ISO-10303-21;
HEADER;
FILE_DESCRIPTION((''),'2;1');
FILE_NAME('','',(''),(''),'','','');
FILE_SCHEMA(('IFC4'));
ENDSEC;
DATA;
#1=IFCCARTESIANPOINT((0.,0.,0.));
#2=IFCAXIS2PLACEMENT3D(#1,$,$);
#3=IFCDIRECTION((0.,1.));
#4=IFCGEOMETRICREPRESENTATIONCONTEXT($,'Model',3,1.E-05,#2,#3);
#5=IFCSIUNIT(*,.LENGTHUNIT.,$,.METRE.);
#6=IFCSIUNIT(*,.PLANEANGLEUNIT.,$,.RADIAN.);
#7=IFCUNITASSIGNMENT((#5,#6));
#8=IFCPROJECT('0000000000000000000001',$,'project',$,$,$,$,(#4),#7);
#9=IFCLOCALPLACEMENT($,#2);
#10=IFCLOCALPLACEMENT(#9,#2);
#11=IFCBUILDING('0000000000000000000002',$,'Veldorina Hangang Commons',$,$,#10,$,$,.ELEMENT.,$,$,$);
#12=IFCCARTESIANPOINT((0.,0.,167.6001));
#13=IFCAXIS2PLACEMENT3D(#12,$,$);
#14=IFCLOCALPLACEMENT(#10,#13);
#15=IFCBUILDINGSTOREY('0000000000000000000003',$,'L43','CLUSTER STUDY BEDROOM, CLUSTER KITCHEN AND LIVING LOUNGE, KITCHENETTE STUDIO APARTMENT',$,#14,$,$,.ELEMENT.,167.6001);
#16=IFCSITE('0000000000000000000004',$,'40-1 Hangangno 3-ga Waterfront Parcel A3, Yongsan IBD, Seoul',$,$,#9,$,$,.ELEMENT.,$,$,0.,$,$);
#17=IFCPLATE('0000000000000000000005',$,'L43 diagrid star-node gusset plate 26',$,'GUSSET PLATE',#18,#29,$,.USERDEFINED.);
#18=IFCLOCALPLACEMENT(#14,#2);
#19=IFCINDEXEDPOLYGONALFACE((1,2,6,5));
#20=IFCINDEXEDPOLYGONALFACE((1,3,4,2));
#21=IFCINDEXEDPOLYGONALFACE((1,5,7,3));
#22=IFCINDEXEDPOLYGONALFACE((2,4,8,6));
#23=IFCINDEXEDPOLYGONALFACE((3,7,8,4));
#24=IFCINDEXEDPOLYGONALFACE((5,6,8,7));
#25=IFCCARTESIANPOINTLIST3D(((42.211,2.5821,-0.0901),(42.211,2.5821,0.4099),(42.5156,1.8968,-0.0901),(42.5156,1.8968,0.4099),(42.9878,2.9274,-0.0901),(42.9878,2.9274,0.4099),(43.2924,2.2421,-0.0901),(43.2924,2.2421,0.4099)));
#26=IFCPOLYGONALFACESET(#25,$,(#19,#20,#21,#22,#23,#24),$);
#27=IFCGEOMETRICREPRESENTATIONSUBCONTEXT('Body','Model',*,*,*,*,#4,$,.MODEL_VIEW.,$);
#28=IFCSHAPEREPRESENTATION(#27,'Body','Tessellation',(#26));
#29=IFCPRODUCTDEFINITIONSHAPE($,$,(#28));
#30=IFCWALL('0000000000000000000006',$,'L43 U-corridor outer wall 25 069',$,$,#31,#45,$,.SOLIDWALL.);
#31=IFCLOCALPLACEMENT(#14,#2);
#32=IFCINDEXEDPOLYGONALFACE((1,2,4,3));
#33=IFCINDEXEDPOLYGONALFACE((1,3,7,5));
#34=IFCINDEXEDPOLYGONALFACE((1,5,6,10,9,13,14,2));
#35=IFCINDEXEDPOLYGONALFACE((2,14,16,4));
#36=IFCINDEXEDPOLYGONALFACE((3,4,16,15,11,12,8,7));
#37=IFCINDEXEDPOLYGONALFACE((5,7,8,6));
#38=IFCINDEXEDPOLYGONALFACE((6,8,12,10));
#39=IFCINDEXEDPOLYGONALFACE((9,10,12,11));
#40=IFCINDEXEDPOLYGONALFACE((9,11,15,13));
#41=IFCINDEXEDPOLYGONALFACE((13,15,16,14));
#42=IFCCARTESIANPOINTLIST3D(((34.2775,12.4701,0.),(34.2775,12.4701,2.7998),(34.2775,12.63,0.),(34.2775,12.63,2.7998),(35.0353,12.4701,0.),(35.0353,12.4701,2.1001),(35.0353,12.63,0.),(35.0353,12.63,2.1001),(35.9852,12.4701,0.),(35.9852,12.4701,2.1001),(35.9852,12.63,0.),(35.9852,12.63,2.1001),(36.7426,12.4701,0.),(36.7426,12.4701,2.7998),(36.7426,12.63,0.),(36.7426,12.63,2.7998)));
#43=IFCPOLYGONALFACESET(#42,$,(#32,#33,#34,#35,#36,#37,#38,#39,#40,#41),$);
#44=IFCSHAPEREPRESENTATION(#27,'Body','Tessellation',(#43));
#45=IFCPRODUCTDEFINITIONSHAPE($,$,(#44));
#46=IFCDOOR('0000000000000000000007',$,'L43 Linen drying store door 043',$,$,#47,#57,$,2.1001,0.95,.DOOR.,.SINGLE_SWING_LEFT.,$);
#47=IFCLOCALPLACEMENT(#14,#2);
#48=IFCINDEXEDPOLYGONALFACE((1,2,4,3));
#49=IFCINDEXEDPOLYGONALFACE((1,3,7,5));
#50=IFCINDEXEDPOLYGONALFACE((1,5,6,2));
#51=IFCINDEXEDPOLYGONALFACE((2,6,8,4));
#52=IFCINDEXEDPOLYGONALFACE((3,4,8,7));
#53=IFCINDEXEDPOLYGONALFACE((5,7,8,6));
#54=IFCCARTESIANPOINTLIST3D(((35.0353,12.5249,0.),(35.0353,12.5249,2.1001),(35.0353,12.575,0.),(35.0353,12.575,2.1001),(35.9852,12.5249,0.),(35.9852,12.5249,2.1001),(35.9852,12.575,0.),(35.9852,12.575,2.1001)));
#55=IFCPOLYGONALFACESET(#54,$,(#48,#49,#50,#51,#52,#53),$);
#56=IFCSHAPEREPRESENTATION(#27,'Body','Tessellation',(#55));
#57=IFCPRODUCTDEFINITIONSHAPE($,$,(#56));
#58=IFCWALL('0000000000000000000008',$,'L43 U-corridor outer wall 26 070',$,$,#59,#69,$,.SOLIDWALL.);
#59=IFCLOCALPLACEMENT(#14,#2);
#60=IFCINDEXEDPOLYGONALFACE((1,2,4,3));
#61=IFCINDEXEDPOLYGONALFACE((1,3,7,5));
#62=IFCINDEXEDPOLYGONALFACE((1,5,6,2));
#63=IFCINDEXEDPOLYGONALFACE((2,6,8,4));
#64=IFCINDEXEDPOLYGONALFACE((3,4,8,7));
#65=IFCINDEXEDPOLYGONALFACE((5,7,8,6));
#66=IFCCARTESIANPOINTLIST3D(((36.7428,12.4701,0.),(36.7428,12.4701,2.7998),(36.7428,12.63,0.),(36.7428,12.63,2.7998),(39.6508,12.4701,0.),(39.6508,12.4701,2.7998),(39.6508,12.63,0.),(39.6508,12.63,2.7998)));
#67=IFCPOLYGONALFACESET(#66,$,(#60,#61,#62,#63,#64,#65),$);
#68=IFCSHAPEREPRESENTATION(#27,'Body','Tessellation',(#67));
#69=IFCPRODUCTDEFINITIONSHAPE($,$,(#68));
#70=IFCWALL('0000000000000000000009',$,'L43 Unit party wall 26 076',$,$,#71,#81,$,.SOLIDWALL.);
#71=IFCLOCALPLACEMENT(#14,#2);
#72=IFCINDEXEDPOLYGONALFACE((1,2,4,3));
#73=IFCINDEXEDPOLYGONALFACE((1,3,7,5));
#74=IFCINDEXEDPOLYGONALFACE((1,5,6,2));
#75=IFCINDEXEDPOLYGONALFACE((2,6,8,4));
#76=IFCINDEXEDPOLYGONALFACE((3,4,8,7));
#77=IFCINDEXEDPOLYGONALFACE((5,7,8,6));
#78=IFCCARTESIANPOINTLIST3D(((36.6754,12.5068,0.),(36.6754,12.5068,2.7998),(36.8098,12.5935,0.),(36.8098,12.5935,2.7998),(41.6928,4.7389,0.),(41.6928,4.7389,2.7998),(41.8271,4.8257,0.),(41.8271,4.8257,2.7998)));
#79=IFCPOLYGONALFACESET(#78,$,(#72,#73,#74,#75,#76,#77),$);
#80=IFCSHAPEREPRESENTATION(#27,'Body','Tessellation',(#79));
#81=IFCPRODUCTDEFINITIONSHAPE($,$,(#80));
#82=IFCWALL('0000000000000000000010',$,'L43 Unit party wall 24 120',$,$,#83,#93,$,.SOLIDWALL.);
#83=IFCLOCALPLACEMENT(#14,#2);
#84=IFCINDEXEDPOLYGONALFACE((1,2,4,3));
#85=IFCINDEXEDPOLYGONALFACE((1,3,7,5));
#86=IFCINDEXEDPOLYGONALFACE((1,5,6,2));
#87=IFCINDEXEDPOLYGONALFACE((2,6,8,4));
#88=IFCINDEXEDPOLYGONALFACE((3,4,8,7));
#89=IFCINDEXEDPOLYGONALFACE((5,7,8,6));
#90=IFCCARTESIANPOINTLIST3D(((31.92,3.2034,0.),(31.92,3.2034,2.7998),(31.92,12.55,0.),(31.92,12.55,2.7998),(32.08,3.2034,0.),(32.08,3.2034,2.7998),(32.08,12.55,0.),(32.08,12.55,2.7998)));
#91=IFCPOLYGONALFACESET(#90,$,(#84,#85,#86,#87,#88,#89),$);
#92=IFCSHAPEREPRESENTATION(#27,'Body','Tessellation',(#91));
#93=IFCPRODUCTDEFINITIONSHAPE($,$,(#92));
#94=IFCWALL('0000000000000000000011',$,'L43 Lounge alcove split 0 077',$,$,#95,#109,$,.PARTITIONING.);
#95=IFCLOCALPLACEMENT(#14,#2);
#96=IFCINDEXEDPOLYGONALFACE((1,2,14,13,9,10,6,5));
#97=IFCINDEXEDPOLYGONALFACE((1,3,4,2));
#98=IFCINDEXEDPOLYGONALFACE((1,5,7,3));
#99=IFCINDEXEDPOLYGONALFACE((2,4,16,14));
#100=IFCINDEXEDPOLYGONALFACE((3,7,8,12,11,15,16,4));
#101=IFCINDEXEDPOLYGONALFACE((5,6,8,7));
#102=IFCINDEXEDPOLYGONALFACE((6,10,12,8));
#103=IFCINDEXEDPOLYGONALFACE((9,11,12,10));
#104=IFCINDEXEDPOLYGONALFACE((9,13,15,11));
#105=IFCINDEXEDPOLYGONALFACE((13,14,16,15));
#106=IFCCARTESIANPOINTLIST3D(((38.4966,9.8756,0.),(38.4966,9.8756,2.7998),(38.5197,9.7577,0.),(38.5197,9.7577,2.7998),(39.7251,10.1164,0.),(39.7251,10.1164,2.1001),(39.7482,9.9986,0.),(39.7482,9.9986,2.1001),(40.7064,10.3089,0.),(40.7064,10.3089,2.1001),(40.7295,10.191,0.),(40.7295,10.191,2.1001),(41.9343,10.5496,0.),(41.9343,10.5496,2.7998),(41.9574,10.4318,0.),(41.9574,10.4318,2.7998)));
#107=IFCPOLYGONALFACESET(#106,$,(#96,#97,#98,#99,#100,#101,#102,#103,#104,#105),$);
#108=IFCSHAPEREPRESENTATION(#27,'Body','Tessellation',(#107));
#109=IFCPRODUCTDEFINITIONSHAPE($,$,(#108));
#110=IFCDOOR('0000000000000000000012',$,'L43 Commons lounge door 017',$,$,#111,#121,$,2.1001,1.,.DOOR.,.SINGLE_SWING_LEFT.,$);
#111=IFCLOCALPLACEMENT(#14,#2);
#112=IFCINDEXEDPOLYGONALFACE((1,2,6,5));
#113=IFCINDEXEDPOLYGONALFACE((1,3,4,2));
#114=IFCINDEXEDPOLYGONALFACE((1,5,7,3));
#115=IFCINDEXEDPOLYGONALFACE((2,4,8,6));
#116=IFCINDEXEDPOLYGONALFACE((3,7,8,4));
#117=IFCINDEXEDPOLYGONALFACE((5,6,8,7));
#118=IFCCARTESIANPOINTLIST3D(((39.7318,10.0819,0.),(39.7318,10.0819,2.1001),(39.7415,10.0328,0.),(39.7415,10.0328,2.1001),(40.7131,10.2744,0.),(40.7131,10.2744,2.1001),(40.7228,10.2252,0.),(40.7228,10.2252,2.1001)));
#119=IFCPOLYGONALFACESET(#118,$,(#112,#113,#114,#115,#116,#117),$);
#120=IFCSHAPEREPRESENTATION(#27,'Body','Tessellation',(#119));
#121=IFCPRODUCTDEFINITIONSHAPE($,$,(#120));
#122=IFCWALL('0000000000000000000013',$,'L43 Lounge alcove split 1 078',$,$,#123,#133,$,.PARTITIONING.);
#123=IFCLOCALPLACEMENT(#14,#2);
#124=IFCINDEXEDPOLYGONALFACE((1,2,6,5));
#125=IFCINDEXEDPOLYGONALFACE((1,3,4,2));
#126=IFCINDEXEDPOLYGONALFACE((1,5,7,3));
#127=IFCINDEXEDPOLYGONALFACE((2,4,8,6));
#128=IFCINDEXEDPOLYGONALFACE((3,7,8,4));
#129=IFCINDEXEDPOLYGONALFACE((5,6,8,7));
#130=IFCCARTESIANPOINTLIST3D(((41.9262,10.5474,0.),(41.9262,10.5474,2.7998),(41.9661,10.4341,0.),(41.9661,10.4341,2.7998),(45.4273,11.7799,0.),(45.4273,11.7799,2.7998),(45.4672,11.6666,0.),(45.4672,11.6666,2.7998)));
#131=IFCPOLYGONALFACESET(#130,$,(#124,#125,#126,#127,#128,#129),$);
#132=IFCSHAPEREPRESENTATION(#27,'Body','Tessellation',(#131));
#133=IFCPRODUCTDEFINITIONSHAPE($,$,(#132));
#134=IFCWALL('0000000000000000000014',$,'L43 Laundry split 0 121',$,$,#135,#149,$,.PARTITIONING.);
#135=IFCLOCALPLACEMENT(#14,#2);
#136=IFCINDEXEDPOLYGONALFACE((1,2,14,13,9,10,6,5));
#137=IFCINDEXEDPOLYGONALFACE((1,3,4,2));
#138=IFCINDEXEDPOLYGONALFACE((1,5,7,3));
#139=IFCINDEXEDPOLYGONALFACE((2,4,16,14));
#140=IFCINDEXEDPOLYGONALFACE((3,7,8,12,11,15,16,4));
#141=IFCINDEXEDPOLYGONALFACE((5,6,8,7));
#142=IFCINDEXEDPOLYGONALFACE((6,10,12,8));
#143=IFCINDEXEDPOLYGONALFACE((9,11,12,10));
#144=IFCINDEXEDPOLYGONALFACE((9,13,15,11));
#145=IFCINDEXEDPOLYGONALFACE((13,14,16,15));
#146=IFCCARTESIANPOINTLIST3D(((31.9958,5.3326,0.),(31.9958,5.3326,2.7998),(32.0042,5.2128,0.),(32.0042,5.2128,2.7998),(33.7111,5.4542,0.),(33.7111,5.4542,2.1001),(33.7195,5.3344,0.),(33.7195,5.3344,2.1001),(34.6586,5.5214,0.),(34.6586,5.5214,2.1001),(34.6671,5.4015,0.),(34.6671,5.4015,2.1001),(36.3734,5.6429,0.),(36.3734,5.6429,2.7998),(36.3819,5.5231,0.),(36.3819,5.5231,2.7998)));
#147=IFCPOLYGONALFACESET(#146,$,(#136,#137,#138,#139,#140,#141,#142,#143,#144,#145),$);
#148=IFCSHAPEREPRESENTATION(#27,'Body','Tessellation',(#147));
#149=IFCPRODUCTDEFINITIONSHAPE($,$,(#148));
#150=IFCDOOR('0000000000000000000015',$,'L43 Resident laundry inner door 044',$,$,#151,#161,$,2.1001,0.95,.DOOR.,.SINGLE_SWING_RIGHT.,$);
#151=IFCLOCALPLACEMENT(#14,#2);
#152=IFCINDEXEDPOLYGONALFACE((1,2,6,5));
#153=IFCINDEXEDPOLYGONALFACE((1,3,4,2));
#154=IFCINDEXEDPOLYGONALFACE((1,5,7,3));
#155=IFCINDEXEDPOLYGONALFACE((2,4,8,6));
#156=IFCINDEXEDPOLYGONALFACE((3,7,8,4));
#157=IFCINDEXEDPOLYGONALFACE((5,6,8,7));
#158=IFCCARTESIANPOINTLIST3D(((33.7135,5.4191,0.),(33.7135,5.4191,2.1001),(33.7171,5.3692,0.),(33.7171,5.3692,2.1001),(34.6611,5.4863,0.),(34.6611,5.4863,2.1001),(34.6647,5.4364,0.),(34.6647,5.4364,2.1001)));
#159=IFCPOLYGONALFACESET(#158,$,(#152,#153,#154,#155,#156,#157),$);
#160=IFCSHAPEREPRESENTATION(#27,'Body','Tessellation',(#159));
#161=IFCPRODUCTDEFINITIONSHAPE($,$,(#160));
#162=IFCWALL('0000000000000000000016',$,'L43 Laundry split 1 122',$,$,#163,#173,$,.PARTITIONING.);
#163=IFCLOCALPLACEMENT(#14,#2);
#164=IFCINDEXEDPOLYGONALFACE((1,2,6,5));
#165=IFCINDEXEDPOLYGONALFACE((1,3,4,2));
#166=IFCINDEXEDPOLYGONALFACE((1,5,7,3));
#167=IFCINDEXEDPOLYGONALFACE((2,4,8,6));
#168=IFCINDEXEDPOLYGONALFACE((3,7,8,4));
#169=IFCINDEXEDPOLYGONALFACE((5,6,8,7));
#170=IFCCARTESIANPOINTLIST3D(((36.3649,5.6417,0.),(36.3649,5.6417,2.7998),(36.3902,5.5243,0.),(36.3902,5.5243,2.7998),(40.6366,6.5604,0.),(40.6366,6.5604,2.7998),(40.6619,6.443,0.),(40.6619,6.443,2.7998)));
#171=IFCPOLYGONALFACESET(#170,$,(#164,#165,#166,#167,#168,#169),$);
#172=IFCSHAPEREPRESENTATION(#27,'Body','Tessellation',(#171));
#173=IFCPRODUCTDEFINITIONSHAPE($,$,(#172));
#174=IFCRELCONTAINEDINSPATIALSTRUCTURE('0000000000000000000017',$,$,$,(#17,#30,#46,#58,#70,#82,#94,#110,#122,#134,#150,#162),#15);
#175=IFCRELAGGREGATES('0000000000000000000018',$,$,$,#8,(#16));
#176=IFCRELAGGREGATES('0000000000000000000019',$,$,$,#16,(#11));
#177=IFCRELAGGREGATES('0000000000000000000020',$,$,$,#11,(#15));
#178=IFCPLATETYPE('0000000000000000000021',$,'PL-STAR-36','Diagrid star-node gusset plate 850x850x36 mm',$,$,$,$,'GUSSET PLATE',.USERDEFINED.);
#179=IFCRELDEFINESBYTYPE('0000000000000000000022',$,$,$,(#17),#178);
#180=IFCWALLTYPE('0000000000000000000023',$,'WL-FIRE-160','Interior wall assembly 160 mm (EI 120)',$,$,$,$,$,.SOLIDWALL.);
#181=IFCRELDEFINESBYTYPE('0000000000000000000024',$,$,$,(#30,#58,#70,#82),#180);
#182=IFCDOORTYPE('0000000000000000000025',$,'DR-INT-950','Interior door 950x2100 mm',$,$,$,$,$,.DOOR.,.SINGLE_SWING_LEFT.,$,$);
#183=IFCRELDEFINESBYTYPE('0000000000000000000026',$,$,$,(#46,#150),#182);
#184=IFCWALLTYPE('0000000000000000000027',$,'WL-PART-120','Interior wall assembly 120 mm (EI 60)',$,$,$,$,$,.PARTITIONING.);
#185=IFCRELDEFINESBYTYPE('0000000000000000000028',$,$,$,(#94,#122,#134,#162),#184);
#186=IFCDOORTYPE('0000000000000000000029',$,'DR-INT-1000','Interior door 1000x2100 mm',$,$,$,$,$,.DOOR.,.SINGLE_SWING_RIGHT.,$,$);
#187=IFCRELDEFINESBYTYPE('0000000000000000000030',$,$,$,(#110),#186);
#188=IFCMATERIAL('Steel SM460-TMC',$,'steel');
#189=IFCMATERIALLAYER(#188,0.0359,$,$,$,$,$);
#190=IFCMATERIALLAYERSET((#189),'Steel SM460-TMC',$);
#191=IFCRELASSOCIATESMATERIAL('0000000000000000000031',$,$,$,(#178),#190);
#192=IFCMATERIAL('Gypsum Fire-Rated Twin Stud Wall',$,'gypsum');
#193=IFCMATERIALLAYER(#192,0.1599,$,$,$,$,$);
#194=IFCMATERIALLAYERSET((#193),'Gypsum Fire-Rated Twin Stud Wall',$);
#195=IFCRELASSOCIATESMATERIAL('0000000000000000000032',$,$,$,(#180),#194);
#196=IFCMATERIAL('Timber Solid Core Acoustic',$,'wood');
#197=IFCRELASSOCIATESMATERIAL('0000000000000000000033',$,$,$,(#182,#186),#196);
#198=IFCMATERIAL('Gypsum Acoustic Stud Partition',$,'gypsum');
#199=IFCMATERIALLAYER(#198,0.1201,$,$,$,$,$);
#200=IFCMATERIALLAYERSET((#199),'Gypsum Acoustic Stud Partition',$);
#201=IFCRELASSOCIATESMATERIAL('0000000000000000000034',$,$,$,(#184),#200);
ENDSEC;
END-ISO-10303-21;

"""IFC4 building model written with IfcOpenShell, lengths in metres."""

from ifc_helpers import new_model, si_unit, direction, frame, frame_2d, origin, origin_2d, place, context, subcontext, project, spatial, rectangle, extrude, material, layer, layer_set, type_object, element, fill, save


model = new_model("IFC4")

# Units and contexts
model_context = context("Model", 3, precision=1e-05, world=origin(), true_north=direction((0.0, 1.0)))
body_context = subcontext(model_context, "Body", "Model", "MODEL_VIEW")
ifc_project = project(units=[si_unit("LENGTHUNIT", "METRE"), si_unit("PLANEANGLEUNIT", "RADIAN")], contexts=[model_context])

# Site, building, storey
site_placement = place(None, origin())
site = spatial("IfcSite", under=ifc_project, at=site_placement, Name="40-1 Hangangno 3-ga Waterfront Parcel A3, Yongsan IBD, Seoul", CompositionType="ELEMENT", RefElevation=0.0)
building_placement = place(site_placement, origin())
building = spatial("IfcBuilding", under=site, at=building_placement, Name="Veldorina Hangang Commons", CompositionType="ELEMENT")
storey_placement = place(building_placement, frame((0.0, 0.0, 167.6001)))
storey = spatial("IfcBuildingStorey", under=building, at=storey_placement, Name="L43", Description="CLUSTER STUDY BEDROOM, CLUSTER KITCHEN AND LIVING LOUNGE, KITCHENETTE STUDIO APARTMENT", CompositionType="ELEMENT", Elevation=167.6001)

# Plate
ifc_material_1 = material(Name="Steel SM460-TMC", Category="steel")
ifc_layer_1 = layer(ifc_material_1, 0.0359)
ifc_layer_set_1 = layer_set([ifc_layer_1], Name="Steel SM460-TMC")
plate_type_1 = type_object("IfcPlateType", Name="PL-STAR-36", Description="Diagrid star-node gusset plate 850x850x36 mm", ElementType="GUSSET PLATE", PredefinedType="USERDEFINED", material=ifc_layer_set_1)
plate_1_placement = place(storey_placement, frame((42.7517, 2.4121, -0.0901), z_axis=(0.0, 0.0, 1.0), x_axis=(0.91378, 0.40621, 0.0)))
element("IfcPlate", 1, at=plate_1_placement, inside=storey, type_object=plate_type_1, Name="L43 diagrid star-node gusset plate 26", ObjectType="GUSSET PLATE", PredefinedType="USERDEFINED", context=body_context, shape_type="SweptSolid", body=[
    extrude(rectangle(XDim=0.8501, YDim=0.75, at=origin_2d()), origin(), (0.0, 0.0, 1.0), 0.5),
])

# Wall, opening, door
ifc_material_2 = material(Name="Gypsum Fire-Rated Twin Stud Wall", Category="gypsum")
ifc_layer_2 = layer(ifc_material_2, 0.1599)
ifc_layer_set_2 = layer_set([ifc_layer_2], Name="Gypsum Fire-Rated Twin Stud Wall")
wall_type_1 = type_object("IfcWallType", Name="WL-FIRE-160", Description="Interior wall assembly 160 mm (EI 120)", PredefinedType="SOLIDWALL", material=ifc_layer_set_2)
wall_1_placement = place(storey_placement, frame((34.2776, 12.55, 0.0), z_axis=(0.0, 0.0, 1.0), x_axis=(1.0, 0.0, 0.0)))
wall_1 = element("IfcWall", 2, at=wall_1_placement, inside=storey, type_object=wall_type_1, Name="L43 U-corridor outer wall 25 069", PredefinedType="SOLIDWALL", context=body_context, shape_type="SweptSolid", body=[
    extrude(rectangle(XDim=2.4651, YDim=0.1599, at=frame_2d((1.2324, 0.0))), origin(), (0.0, 0.0, 1.0), 2.7998),
])
opening_1_placement = place(wall_1_placement, frame((0.7576, 0.0, 0.0)))
opening_1 = element("IfcOpeningElement", 3, at=opening_1_placement, cuts=wall_1, PredefinedType="OPENING", context=body_context, shape_type="SweptSolid", body=[
    extrude(rectangle(XDim=0.95, YDim=2.1001, at=frame_2d((0.4751, 1.05))), frame((0.0, 0.0898, 0.0), z_axis=(0.0, -1.0, 0.0), x_axis=(1.0, 0.0, 0.0)), (0.0, 0.0, 1.0), 0.1799),
])
ifc_material_3 = material(Name="Timber Solid Core Acoustic", Category="wood")
door_type_1 = type_object("IfcDoorType", Name="DR-INT-950", Description="Interior door 950x2100 mm", OperationType="SINGLE_SWING_LEFT", PredefinedType="DOOR", material=ifc_material_3)
door_1_placement = place(opening_1_placement, origin())
door_1 = element("IfcDoor", 4, at=door_1_placement, inside=storey, type_object=door_type_1, Name="L43 Linen drying store door 043", OperationType="SINGLE_SWING_LEFT", OverallHeight=2.1001, OverallWidth=0.95, PredefinedType="DOOR", context=body_context, shape_type="SweptSolid", body=[
    extrude(rectangle(XDim=0.95, YDim=2.1001, at=frame_2d((0.4751, 1.05))), frame((0.0, 0.0249, 0.0), z_axis=(0.0, -1.0, 0.0), x_axis=(1.0, 0.0, 0.0)), (0.0, 0.0, 1.0), 0.05),
])
fill(opening_1, door_1)

# Walls
wall_2_placement = place(storey_placement, frame((36.7427, 12.55, 0.0), z_axis=(0.0, 0.0, 1.0), x_axis=(1.0, 0.0, 0.0)))
element("IfcWall", 5, at=wall_2_placement, inside=storey, type_object=wall_type_1, Name="L43 U-corridor outer wall 26 070", PredefinedType="SOLIDWALL", context=body_context, shape_type="SweptSolid", body=[
    extrude(rectangle(XDim=2.908, YDim=0.1599, at=frame_2d((1.4541, 0.0))), origin(), (0.0, 0.0, 1.0), 2.7998),
])
wall_3_placement = place(storey_placement, frame((36.7427, 12.55, 0.0), z_axis=(0.0, 0.0, 1.0), x_axis=(0.542572, -0.840009, 0.0)))
element("IfcWall", 6, at=wall_3_placement, inside=storey, type_object=wall_type_1, Name="L43 Unit party wall 26 076", PredefinedType="SOLIDWALL", context=body_context, shape_type="SweptSolid", body=[
    extrude(rectangle(XDim=9.2473, YDim=0.1599, at=frame_2d((4.6235, 0.0))), origin(), (0.0, 0.0, 1.0), 2.7998),
])
wall_4_placement = place(storey_placement, frame((32.0, 12.55, 0.0), z_axis=(0.0, 0.0, 1.0), x_axis=(0.0, -1.0, 0.0)))
element("IfcWall", 7, at=wall_4_placement, inside=storey, type_object=wall_type_1, Name="L43 Unit party wall 24 120", PredefinedType="SOLIDWALL", context=body_context, shape_type="SweptSolid", body=[
    extrude(rectangle(XDim=9.3467, YDim=0.1599, at=frame_2d((4.6733, 0.0))), origin(), (0.0, 0.0, 1.0), 2.7998),
])

# Wall, opening, door
ifc_material_4 = material(Name="Gypsum Acoustic Stud Partition", Category="gypsum")
ifc_layer_3 = layer(ifc_material_4, 0.1201)
ifc_layer_set_3 = layer_set([ifc_layer_3], Name="Gypsum Acoustic Stud Partition")
wall_type_2 = type_object("IfcWallType", Name="WL-PART-120", Description="Interior wall assembly 120 mm (EI 60)", PredefinedType="PARTITIONING", material=ifc_layer_set_3)
wall_5_placement = place(storey_placement, frame((38.5083, 9.8167, 0.0), z_axis=(0.0, 0.0, 1.0), x_axis=(0.981313, 0.192416, 0.0)))
wall_5 = element("IfcWall", 8, at=wall_5_placement, inside=storey, type_object=wall_type_2, Name="L43 Lounge alcove split 0 077", PredefinedType="PARTITIONING", context=body_context, shape_type="SweptSolid", body=[
    extrude(rectangle(XDim=3.5032, YDim=0.1201, at=frame_2d((1.7515, 0.0))), origin(), (0.0, 0.0, 1.0), 2.7998),
])
opening_2_placement = place(wall_5_placement, frame((1.2517, 0.0, 0.0)))
opening_2 = element("IfcOpeningElement", 9, at=opening_2_placement, cuts=wall_5, PredefinedType="OPENING", context=body_context, shape_type="SweptSolid", body=[
    extrude(rectangle(XDim=1.0, YDim=2.1001, at=frame_2d((0.5, 1.05))), frame((0.0, 0.0701, 0.0), z_axis=(0.0, -1.0, 0.0), x_axis=(1.0, 0.0, 0.0)), (0.0, 0.0, 1.0), 0.1401),
])
door_type_2 = type_object("IfcDoorType", Name="DR-INT-1000", Description="Interior door 1000x2100 mm", OperationType="SINGLE_SWING_RIGHT", PredefinedType="DOOR", material=ifc_material_3)
door_2_placement = place(opening_2_placement, origin())
door_2 = element("IfcDoor", 10, at=door_2_placement, inside=storey, type_object=door_type_2, Name="L43 Commons lounge door 017", OperationType="SINGLE_SWING_LEFT", OverallHeight=2.1001, OverallWidth=1.0, PredefinedType="DOOR", context=body_context, shape_type="SweptSolid", body=[
    extrude(rectangle(XDim=1.0, YDim=2.1001, at=frame_2d((0.5, 1.05))), frame((0.0, 0.0249, 0.0), z_axis=(0.0, -1.0, 0.0), x_axis=(1.0, 0.0, 0.0)), (0.0, 0.0, 1.0), 0.05),
])
fill(opening_2, door_2)

# Wall
wall_6_placement = place(storey_placement, frame((41.946, 10.4907, 0.0), z_axis=(0.0, 0.0, 1.0), x_axis=(0.943262, 0.332049, 0.0)))
element("IfcWall", 11, at=wall_6_placement, inside=storey, type_object=wall_type_2, Name="L43 Lounge alcove split 1 078", PredefinedType="PARTITIONING", context=body_context, shape_type="SweptSolid", body=[
    extrude(rectangle(XDim=3.7117, YDim=0.1201, at=frame_2d((1.856, 0.0))), origin(), (0.0, 0.0, 1.0), 2.7998),
])

# Wall, opening, door
wall_7_placement = place(storey_placement, frame((32.0, 5.2727, 0.0), z_axis=(0.0, 0.0, 1.0), x_axis=(0.997497, 0.070705, 0.0)))
wall_7 = element("IfcWall", 12, at=wall_7_placement, inside=storey, type_object=wall_type_2, Name="L43 Laundry split 0 121", PredefinedType="PARTITIONING", context=body_context, shape_type="SweptSolid", body=[
    extrude(rectangle(XDim=4.3887, YDim=0.1201, at=frame_2d((2.1943, 0.0))), origin(), (0.0, 0.0, 1.0), 2.7998),
])
opening_3_placement = place(wall_7_placement, frame((1.7195, 0.0, 0.0)))
opening_3 = element("IfcOpeningElement", 13, at=opening_3_placement, cuts=wall_7, PredefinedType="OPENING", context=body_context, shape_type="SweptSolid", body=[
    extrude(rectangle(XDim=0.95, YDim=2.1001, at=frame_2d((0.4751, 1.05))), frame((0.0, 0.0701, 0.0), z_axis=(0.0, -1.0, 0.0), x_axis=(1.0, 0.0, 0.0)), (0.0, 0.0, 1.0), 0.1401),
])
door_3_placement = place(opening_3_placement, origin())
door_3 = element("IfcDoor", 14, at=door_3_placement, inside=storey, type_object=door_type_1, Name="L43 Resident laundry inner door 044", OperationType="SINGLE_SWING_RIGHT", OverallHeight=2.1001, OverallWidth=0.95, PredefinedType="DOOR", context=body_context, shape_type="SweptSolid", body=[
    extrude(rectangle(XDim=0.95, YDim=2.1001, at=frame_2d((0.4751, 1.05))), frame((0.0, 0.0249, 0.0), z_axis=(0.0, -1.0, 0.0), x_axis=(1.0, 0.0, 0.0)), (0.0, 0.0, 1.0), 0.05),
])
fill(opening_3, door_3)

# Wall
wall_8_placement = place(storey_placement, frame((36.3777, 5.583, 0.0), z_axis=(0.0, 0.0, 1.0), x_axis=(0.977646, 0.210258, 0.0)))
element("IfcWall", 15, at=wall_8_placement, inside=storey, type_object=wall_type_2, Name="L43 Laundry split 1 122", PredefinedType="PARTITIONING", context=body_context, shape_type="SweptSolid", body=[
    extrude(rectangle(XDim=4.3694, YDim=0.1201, at=frame_2d((2.1846, 0.0))), origin(), (0.0, 0.0, 1.0), 2.7998),
])

save(model, "model.ifc")
